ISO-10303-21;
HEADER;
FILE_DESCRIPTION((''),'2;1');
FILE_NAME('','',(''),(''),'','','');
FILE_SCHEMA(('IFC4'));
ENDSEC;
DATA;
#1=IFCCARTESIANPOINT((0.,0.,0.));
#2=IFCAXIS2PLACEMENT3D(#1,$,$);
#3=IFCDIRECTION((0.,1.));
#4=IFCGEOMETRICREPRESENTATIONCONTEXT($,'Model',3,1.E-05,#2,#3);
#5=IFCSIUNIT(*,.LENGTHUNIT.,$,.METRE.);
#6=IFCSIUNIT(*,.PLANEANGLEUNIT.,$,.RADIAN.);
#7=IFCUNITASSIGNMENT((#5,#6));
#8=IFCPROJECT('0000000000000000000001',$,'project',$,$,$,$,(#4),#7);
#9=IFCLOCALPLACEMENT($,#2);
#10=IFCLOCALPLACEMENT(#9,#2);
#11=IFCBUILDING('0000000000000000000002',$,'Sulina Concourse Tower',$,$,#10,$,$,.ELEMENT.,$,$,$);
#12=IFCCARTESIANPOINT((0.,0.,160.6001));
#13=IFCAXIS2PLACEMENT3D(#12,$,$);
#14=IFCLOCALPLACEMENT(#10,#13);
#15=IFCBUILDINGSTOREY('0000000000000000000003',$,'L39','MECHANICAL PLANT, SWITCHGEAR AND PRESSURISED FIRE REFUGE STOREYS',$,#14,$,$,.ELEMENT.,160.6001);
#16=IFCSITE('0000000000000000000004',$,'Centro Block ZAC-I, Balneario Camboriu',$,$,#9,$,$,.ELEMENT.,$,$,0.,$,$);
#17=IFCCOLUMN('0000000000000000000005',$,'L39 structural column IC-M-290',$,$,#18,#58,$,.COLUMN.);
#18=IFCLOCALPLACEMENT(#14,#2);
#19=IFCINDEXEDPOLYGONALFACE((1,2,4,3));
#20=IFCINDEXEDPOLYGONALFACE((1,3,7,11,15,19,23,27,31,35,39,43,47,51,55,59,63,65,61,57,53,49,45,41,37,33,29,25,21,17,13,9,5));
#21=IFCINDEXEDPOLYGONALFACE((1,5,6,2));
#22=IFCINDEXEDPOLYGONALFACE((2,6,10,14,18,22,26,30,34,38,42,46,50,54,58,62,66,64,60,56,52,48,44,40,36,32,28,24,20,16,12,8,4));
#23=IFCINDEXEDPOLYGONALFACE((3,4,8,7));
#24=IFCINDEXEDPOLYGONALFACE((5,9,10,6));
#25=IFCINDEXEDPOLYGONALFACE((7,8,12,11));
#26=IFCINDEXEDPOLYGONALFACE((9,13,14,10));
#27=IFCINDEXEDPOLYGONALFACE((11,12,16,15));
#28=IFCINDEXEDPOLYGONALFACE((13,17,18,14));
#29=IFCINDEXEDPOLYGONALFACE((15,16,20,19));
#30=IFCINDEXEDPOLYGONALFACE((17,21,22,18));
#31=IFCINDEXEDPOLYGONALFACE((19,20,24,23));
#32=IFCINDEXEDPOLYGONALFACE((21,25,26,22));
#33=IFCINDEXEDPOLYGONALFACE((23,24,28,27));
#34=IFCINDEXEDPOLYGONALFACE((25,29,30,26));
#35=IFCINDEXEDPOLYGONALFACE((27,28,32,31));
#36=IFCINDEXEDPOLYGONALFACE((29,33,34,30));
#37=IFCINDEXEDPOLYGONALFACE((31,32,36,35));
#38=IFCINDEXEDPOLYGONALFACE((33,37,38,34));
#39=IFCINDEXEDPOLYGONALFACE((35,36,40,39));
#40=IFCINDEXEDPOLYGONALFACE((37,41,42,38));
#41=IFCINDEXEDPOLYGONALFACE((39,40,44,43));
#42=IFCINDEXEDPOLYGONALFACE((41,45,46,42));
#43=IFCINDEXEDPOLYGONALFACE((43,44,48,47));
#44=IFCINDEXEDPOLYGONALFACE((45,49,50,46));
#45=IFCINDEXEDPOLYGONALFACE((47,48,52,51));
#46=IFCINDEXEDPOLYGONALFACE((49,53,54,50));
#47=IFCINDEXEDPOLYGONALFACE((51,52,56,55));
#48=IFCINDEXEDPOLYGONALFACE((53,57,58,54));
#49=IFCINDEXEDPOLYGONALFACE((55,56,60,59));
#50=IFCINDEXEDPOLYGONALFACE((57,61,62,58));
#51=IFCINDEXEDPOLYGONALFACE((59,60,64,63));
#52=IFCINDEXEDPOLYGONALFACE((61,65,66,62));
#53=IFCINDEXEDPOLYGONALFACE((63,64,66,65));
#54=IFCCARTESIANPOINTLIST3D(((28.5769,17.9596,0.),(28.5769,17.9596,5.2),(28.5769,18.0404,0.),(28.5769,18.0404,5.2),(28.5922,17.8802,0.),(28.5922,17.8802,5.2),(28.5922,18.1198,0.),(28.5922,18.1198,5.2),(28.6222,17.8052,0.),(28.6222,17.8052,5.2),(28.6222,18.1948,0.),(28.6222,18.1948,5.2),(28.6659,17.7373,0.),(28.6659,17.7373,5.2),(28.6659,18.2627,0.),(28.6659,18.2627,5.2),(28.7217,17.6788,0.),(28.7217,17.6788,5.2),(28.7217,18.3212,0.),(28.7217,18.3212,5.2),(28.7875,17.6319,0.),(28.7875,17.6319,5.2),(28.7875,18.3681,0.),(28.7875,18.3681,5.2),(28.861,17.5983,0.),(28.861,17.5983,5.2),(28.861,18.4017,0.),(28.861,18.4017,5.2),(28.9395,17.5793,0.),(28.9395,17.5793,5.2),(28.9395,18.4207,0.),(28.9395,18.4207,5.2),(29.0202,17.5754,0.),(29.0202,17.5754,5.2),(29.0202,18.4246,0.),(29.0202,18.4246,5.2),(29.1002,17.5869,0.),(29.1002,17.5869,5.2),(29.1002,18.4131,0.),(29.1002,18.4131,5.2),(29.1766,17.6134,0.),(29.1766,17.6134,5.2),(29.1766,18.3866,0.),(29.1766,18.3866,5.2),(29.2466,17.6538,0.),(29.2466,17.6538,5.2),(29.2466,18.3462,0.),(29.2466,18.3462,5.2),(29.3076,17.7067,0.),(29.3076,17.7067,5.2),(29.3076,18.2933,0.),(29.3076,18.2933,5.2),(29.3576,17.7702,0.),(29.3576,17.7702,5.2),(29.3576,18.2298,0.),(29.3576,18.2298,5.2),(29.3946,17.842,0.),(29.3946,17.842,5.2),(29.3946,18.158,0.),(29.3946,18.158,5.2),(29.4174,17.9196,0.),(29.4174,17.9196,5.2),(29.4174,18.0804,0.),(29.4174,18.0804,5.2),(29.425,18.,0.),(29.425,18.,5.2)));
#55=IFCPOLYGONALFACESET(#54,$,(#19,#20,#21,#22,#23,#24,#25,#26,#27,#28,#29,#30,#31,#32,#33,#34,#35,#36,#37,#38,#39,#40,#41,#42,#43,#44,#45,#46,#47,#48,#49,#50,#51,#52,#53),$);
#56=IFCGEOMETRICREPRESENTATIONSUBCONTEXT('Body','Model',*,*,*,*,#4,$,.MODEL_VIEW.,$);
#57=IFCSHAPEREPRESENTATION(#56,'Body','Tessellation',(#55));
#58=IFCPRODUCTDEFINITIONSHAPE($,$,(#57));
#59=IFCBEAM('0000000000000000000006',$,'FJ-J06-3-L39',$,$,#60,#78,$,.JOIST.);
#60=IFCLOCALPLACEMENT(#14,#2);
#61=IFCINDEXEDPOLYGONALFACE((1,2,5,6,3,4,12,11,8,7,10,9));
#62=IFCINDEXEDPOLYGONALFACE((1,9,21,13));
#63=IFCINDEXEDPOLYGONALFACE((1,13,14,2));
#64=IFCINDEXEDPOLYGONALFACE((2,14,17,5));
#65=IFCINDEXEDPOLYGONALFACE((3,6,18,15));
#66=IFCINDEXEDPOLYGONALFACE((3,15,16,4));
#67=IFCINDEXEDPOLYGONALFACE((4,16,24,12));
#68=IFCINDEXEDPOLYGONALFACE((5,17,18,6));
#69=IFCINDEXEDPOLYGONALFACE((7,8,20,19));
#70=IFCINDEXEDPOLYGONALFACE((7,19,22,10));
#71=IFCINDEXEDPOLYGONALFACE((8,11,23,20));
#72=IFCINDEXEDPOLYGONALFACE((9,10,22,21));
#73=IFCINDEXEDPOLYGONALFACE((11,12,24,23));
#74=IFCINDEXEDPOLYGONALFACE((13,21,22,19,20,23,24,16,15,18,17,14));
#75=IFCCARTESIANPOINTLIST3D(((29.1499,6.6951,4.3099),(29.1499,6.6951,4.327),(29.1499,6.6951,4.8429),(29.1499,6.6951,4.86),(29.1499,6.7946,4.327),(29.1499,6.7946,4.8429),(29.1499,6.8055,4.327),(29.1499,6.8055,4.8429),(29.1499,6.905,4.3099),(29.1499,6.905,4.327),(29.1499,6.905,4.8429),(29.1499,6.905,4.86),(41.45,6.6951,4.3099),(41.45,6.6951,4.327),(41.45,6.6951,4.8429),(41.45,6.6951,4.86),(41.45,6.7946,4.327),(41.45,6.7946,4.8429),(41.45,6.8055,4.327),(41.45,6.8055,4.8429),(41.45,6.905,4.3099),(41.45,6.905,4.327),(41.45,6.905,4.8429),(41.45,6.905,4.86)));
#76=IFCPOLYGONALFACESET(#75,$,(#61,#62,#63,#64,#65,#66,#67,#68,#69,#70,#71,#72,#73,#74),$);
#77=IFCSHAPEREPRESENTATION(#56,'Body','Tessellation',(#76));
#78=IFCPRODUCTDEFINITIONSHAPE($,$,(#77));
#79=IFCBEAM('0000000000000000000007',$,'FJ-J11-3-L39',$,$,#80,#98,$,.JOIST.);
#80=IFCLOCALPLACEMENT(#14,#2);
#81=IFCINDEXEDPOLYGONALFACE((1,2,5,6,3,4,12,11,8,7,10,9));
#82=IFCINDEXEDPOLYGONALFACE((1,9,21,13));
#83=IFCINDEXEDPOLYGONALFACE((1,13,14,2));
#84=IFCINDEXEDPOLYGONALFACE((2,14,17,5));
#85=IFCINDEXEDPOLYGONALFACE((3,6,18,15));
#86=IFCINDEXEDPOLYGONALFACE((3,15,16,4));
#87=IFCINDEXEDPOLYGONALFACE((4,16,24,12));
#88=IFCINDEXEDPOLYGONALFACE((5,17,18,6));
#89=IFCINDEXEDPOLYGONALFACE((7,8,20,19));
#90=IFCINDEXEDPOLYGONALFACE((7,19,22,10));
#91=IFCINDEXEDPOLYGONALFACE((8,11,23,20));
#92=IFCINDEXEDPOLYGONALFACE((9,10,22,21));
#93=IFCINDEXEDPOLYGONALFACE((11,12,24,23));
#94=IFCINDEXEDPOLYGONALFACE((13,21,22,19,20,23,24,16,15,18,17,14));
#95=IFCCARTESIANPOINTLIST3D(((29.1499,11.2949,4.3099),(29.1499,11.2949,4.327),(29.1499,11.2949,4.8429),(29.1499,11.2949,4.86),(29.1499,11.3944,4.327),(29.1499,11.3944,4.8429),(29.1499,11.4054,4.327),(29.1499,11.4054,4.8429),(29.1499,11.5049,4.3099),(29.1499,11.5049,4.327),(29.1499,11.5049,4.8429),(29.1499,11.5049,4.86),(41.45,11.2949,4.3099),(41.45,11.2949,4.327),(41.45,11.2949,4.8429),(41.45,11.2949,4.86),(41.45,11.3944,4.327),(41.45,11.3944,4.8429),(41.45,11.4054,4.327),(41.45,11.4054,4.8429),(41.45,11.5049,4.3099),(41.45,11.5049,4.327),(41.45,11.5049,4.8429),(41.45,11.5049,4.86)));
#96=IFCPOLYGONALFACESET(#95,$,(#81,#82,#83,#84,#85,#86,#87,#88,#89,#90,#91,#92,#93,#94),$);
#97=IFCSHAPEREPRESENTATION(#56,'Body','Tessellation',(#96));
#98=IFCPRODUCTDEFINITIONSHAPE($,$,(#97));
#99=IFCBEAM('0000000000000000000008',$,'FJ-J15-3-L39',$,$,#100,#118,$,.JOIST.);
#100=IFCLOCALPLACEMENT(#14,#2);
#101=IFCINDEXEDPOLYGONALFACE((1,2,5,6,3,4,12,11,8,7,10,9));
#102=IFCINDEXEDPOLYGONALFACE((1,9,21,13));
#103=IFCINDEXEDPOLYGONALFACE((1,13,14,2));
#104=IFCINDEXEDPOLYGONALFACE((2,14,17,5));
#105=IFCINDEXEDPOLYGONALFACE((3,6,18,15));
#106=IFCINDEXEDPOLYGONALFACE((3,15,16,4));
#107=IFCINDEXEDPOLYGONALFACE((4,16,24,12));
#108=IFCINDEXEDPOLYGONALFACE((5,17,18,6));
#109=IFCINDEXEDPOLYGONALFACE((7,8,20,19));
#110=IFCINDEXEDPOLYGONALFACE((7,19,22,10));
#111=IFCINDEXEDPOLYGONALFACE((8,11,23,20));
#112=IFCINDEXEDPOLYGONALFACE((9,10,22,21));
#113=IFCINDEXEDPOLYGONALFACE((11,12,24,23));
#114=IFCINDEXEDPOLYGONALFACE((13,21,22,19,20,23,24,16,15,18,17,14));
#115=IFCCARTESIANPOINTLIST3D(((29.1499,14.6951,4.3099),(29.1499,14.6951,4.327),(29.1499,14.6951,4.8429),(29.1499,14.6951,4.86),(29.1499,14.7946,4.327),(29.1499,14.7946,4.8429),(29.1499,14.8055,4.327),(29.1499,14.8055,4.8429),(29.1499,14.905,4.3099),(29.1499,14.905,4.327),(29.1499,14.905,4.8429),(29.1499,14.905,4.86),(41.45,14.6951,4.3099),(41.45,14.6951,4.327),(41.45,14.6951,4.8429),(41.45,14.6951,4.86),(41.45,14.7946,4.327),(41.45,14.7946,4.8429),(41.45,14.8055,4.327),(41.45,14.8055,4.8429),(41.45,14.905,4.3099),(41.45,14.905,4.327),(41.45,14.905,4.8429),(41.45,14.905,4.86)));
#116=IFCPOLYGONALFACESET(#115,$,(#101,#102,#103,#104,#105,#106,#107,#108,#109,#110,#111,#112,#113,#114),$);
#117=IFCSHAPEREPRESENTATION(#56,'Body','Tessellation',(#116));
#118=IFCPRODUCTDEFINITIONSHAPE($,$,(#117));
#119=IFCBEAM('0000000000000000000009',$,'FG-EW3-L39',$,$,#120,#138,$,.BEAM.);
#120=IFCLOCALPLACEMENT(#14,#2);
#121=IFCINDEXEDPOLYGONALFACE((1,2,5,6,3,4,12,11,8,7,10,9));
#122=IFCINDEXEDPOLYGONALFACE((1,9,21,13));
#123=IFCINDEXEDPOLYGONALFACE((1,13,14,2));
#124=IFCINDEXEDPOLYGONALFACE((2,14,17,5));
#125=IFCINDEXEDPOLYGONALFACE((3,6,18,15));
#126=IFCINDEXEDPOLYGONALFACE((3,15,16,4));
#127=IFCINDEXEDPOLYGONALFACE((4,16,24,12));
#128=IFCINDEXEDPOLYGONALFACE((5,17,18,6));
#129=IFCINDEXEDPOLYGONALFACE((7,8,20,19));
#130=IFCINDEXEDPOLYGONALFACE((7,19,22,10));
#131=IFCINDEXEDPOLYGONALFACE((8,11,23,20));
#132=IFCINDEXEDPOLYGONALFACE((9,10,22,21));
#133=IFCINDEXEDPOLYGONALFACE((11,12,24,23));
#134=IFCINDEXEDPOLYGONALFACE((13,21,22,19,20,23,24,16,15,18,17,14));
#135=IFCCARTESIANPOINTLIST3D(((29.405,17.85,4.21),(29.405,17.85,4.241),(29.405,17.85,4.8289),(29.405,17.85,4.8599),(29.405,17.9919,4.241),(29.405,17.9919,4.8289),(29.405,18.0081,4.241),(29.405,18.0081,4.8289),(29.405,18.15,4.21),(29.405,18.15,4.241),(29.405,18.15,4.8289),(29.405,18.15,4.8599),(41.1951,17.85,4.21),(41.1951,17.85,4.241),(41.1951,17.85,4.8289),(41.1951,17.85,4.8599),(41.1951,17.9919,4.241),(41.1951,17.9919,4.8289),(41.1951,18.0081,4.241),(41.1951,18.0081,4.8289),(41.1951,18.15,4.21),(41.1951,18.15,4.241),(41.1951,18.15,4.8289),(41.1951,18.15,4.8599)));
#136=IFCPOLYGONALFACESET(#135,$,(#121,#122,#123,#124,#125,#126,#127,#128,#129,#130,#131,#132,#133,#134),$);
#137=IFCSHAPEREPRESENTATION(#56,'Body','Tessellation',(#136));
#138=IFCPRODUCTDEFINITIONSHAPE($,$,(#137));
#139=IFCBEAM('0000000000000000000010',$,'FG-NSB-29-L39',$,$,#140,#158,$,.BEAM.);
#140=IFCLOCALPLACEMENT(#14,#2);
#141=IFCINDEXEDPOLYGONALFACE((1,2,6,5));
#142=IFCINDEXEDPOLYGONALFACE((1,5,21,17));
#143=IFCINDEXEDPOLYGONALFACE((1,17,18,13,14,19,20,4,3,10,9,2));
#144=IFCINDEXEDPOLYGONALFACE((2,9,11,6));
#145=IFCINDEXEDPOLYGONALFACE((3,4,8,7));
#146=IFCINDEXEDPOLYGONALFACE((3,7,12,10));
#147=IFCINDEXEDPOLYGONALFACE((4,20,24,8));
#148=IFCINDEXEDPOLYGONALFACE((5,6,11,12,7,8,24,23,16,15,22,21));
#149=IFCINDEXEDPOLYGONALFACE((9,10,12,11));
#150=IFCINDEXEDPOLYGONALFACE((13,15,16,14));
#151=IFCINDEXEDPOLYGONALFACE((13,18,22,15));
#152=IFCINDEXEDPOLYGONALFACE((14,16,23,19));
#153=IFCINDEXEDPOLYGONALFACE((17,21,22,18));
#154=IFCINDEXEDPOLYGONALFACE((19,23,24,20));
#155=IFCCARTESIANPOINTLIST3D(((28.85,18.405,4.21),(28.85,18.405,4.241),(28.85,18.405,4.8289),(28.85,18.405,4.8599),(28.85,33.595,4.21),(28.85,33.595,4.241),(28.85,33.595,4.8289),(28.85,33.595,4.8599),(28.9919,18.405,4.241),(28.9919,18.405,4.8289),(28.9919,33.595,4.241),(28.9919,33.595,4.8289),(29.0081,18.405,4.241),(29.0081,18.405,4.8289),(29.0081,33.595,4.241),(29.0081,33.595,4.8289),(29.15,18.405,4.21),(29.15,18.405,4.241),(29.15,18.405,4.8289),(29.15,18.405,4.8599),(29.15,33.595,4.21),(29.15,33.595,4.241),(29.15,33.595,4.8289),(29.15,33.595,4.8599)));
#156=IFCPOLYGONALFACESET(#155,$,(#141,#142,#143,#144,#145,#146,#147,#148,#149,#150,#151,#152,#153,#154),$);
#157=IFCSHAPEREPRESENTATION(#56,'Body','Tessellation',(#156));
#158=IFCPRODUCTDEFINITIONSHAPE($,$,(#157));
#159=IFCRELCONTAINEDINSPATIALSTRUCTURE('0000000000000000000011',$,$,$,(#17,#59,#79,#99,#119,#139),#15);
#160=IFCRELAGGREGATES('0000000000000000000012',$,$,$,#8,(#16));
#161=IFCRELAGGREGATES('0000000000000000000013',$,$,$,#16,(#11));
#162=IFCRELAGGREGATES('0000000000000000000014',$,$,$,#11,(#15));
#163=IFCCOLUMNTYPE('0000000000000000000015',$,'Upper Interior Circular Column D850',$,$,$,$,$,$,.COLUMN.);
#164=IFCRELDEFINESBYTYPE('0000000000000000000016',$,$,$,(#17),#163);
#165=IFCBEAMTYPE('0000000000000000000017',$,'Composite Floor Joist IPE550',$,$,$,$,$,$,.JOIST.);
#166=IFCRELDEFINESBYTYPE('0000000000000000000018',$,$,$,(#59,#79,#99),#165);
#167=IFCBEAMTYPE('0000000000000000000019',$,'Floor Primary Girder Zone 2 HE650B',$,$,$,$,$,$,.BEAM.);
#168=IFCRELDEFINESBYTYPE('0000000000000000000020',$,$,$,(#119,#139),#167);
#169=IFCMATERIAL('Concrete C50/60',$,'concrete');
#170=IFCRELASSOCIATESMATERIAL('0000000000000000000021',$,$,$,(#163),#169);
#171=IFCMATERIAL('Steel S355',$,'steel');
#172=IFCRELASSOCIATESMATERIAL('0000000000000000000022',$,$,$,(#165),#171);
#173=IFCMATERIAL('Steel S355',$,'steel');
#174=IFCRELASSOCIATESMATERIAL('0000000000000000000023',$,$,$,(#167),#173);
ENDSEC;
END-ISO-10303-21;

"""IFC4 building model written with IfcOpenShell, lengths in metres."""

from ifc_helpers import new_model, si_unit, direction, frame, origin, origin_2d, place, context, subcontext, project, spatial, circle, i_section, extrude, material, material_profile, profile_set, type_object, element, save


model = new_model("IFC4")

# Units and contexts
model_context = context("Model", 3, precision=1e-05, world=origin(), true_north=direction((0.0, 1.0)))
body_context = subcontext(model_context, "Body", "Model", "MODEL_VIEW")
ifc_project = project(units=[si_unit("LENGTHUNIT", "METRE"), si_unit("PLANEANGLEUNIT", "RADIAN")], contexts=[model_context])

# Site, building, storey
site_placement = place(None, origin())
site = spatial("IfcSite", under=ifc_project, at=site_placement, Name="Centro Block ZAC-I, Balneario Camboriu", CompositionType="ELEMENT", RefElevation=0.0)
building_placement = place(site_placement, origin())
building = spatial("IfcBuilding", under=site, at=building_placement, Name="Sulina Concourse Tower", CompositionType="ELEMENT")
storey_placement = place(building_placement, frame((0.0, 0.0, 160.6001)))
storey = spatial("IfcBuildingStorey", under=building, at=storey_placement, Name="L39", Description="MECHANICAL PLANT, SWITCHGEAR AND PRESSURISED FIRE REFUGE STOREYS", CompositionType="ELEMENT", Elevation=160.6001)

# Column
ifc_material_1 = material(Name="Concrete C50/60", Category="concrete")
ifc_material_profile_1 = material_profile(ifc_material_1, circle(Radius=0.425, at=origin_2d()), Name="RC D850")
ifc_profile_set_1 = profile_set([ifc_material_profile_1], Name="Concrete C50/60")
column_type = type_object("IfcColumnType", Name="Upper Interior Circular Column D850", PredefinedType="COLUMN", material=ifc_profile_set_1)
column_placement = place(storey_placement, frame((29.0, 18.0, 0.0), z_axis=(0.0, 0.0, 1.0), x_axis=(1.0, 0.0, 0.0)))
element("IfcColumn", 1, at=column_placement, inside=storey, type_object=column_type, Name="L39 structural column IC-M-290", PredefinedType="COLUMN", context=body_context, shape_type="SweptSolid", body=[
    extrude(circle(Radius=0.425, at=origin_2d()), origin(), (0.0, 0.0, 1.0), 5.2),
])

# Beams
ifc_material_2 = material(Name="Steel S355", Category="steel")
ifc_material_profile_2 = material_profile(ifc_material_2, i_section(OverallWidth=0.21, OverallDepth=0.55, WebThickness=0.011, FlangeThickness=0.0171, at=origin_2d()), Name="IPE 550")
ifc_profile_set_2 = profile_set([ifc_material_profile_2], Name="Steel S355")
beam_type_1 = type_object("IfcBeamType", Name="Composite Floor Joist IPE550", PredefinedType="JOIST", material=ifc_profile_set_2)
for number, where, z_axis, x_axis, name in (
    (2, (29.1499, 6.8, 4.585), (1.0, 0.0, 0.0), (0.0, 1.0, 0.0), "FJ-J06-3-L39"),
    (3, (29.1499, 11.3999, 4.585), (1.0, 0.0, 0.0), (0.0, 1.0, 0.0), "FJ-J11-3-L39"),
    (4, (29.1499, 14.8, 4.585), (1.0, 0.0, 0.0), (0.0, 1.0, 0.0), "FJ-J15-3-L39"),
):
    element("IfcBeam", number, at=place(storey_placement, frame(where, z_axis=z_axis, x_axis=x_axis)), inside=storey, type_object=beam_type_1, Name=name, PredefinedType="JOIST", context=body_context, shape_type="SweptSolid", body=[
        extrude(i_section(OverallWidth=0.21, OverallDepth=0.55, WebThickness=0.011, FlangeThickness=0.0171, at=origin_2d()), origin(), (0.0, 0.0, 1.0), 12.3),
    ])
ifc_material_3 = material(Name="Steel S355", Category="steel")
ifc_material_profile_3 = material_profile(ifc_material_3, i_section(OverallWidth=0.3, OverallDepth=0.6499, WebThickness=0.0161, FlangeThickness=0.031, at=origin_2d()), Name="HE 650 B")
ifc_profile_set_3 = profile_set([ifc_material_profile_3], Name="Steel S355")
beam_type_2 = type_object("IfcBeamType", Name="Floor Primary Girder Zone 2 HE650B", PredefinedType="BEAM", material=ifc_profile_set_3)
beam_1_placement = place(storey_placement, frame((29.405, 18.0, 4.5349), z_axis=(1.0, 0.0, 0.0), x_axis=(0.0, 1.0, 0.0)))
element("IfcBeam", 5, at=beam_1_placement, inside=storey, type_object=beam_type_2, Name="FG-EW3-L39", PredefinedType="BEAM", context=body_context, shape_type="SweptSolid", body=[
    extrude(i_section(OverallWidth=0.3, OverallDepth=0.6499, WebThickness=0.0161, FlangeThickness=0.031, at=origin_2d()), origin(), (0.0, 0.0, 1.0), 11.79),
])
beam_2_placement = place(storey_placement, frame((29.0, 18.405, 4.5349), z_axis=(0.0, 1.0, 0.0), x_axis=(-1.0, 0.0, 0.0)))
element("IfcBeam", 6, at=beam_2_placement, inside=storey, type_object=beam_type_2, Name="FG-NSB-29-L39", PredefinedType="BEAM", context=body_context, shape_type="SweptSolid", body=[
    extrude(i_section(OverallWidth=0.3, OverallDepth=0.6499, WebThickness=0.0161, FlangeThickness=0.031, at=origin_2d()), origin(), (0.0, 0.0, 1.0), 15.1899),
])

save(model, "model.ifc")
